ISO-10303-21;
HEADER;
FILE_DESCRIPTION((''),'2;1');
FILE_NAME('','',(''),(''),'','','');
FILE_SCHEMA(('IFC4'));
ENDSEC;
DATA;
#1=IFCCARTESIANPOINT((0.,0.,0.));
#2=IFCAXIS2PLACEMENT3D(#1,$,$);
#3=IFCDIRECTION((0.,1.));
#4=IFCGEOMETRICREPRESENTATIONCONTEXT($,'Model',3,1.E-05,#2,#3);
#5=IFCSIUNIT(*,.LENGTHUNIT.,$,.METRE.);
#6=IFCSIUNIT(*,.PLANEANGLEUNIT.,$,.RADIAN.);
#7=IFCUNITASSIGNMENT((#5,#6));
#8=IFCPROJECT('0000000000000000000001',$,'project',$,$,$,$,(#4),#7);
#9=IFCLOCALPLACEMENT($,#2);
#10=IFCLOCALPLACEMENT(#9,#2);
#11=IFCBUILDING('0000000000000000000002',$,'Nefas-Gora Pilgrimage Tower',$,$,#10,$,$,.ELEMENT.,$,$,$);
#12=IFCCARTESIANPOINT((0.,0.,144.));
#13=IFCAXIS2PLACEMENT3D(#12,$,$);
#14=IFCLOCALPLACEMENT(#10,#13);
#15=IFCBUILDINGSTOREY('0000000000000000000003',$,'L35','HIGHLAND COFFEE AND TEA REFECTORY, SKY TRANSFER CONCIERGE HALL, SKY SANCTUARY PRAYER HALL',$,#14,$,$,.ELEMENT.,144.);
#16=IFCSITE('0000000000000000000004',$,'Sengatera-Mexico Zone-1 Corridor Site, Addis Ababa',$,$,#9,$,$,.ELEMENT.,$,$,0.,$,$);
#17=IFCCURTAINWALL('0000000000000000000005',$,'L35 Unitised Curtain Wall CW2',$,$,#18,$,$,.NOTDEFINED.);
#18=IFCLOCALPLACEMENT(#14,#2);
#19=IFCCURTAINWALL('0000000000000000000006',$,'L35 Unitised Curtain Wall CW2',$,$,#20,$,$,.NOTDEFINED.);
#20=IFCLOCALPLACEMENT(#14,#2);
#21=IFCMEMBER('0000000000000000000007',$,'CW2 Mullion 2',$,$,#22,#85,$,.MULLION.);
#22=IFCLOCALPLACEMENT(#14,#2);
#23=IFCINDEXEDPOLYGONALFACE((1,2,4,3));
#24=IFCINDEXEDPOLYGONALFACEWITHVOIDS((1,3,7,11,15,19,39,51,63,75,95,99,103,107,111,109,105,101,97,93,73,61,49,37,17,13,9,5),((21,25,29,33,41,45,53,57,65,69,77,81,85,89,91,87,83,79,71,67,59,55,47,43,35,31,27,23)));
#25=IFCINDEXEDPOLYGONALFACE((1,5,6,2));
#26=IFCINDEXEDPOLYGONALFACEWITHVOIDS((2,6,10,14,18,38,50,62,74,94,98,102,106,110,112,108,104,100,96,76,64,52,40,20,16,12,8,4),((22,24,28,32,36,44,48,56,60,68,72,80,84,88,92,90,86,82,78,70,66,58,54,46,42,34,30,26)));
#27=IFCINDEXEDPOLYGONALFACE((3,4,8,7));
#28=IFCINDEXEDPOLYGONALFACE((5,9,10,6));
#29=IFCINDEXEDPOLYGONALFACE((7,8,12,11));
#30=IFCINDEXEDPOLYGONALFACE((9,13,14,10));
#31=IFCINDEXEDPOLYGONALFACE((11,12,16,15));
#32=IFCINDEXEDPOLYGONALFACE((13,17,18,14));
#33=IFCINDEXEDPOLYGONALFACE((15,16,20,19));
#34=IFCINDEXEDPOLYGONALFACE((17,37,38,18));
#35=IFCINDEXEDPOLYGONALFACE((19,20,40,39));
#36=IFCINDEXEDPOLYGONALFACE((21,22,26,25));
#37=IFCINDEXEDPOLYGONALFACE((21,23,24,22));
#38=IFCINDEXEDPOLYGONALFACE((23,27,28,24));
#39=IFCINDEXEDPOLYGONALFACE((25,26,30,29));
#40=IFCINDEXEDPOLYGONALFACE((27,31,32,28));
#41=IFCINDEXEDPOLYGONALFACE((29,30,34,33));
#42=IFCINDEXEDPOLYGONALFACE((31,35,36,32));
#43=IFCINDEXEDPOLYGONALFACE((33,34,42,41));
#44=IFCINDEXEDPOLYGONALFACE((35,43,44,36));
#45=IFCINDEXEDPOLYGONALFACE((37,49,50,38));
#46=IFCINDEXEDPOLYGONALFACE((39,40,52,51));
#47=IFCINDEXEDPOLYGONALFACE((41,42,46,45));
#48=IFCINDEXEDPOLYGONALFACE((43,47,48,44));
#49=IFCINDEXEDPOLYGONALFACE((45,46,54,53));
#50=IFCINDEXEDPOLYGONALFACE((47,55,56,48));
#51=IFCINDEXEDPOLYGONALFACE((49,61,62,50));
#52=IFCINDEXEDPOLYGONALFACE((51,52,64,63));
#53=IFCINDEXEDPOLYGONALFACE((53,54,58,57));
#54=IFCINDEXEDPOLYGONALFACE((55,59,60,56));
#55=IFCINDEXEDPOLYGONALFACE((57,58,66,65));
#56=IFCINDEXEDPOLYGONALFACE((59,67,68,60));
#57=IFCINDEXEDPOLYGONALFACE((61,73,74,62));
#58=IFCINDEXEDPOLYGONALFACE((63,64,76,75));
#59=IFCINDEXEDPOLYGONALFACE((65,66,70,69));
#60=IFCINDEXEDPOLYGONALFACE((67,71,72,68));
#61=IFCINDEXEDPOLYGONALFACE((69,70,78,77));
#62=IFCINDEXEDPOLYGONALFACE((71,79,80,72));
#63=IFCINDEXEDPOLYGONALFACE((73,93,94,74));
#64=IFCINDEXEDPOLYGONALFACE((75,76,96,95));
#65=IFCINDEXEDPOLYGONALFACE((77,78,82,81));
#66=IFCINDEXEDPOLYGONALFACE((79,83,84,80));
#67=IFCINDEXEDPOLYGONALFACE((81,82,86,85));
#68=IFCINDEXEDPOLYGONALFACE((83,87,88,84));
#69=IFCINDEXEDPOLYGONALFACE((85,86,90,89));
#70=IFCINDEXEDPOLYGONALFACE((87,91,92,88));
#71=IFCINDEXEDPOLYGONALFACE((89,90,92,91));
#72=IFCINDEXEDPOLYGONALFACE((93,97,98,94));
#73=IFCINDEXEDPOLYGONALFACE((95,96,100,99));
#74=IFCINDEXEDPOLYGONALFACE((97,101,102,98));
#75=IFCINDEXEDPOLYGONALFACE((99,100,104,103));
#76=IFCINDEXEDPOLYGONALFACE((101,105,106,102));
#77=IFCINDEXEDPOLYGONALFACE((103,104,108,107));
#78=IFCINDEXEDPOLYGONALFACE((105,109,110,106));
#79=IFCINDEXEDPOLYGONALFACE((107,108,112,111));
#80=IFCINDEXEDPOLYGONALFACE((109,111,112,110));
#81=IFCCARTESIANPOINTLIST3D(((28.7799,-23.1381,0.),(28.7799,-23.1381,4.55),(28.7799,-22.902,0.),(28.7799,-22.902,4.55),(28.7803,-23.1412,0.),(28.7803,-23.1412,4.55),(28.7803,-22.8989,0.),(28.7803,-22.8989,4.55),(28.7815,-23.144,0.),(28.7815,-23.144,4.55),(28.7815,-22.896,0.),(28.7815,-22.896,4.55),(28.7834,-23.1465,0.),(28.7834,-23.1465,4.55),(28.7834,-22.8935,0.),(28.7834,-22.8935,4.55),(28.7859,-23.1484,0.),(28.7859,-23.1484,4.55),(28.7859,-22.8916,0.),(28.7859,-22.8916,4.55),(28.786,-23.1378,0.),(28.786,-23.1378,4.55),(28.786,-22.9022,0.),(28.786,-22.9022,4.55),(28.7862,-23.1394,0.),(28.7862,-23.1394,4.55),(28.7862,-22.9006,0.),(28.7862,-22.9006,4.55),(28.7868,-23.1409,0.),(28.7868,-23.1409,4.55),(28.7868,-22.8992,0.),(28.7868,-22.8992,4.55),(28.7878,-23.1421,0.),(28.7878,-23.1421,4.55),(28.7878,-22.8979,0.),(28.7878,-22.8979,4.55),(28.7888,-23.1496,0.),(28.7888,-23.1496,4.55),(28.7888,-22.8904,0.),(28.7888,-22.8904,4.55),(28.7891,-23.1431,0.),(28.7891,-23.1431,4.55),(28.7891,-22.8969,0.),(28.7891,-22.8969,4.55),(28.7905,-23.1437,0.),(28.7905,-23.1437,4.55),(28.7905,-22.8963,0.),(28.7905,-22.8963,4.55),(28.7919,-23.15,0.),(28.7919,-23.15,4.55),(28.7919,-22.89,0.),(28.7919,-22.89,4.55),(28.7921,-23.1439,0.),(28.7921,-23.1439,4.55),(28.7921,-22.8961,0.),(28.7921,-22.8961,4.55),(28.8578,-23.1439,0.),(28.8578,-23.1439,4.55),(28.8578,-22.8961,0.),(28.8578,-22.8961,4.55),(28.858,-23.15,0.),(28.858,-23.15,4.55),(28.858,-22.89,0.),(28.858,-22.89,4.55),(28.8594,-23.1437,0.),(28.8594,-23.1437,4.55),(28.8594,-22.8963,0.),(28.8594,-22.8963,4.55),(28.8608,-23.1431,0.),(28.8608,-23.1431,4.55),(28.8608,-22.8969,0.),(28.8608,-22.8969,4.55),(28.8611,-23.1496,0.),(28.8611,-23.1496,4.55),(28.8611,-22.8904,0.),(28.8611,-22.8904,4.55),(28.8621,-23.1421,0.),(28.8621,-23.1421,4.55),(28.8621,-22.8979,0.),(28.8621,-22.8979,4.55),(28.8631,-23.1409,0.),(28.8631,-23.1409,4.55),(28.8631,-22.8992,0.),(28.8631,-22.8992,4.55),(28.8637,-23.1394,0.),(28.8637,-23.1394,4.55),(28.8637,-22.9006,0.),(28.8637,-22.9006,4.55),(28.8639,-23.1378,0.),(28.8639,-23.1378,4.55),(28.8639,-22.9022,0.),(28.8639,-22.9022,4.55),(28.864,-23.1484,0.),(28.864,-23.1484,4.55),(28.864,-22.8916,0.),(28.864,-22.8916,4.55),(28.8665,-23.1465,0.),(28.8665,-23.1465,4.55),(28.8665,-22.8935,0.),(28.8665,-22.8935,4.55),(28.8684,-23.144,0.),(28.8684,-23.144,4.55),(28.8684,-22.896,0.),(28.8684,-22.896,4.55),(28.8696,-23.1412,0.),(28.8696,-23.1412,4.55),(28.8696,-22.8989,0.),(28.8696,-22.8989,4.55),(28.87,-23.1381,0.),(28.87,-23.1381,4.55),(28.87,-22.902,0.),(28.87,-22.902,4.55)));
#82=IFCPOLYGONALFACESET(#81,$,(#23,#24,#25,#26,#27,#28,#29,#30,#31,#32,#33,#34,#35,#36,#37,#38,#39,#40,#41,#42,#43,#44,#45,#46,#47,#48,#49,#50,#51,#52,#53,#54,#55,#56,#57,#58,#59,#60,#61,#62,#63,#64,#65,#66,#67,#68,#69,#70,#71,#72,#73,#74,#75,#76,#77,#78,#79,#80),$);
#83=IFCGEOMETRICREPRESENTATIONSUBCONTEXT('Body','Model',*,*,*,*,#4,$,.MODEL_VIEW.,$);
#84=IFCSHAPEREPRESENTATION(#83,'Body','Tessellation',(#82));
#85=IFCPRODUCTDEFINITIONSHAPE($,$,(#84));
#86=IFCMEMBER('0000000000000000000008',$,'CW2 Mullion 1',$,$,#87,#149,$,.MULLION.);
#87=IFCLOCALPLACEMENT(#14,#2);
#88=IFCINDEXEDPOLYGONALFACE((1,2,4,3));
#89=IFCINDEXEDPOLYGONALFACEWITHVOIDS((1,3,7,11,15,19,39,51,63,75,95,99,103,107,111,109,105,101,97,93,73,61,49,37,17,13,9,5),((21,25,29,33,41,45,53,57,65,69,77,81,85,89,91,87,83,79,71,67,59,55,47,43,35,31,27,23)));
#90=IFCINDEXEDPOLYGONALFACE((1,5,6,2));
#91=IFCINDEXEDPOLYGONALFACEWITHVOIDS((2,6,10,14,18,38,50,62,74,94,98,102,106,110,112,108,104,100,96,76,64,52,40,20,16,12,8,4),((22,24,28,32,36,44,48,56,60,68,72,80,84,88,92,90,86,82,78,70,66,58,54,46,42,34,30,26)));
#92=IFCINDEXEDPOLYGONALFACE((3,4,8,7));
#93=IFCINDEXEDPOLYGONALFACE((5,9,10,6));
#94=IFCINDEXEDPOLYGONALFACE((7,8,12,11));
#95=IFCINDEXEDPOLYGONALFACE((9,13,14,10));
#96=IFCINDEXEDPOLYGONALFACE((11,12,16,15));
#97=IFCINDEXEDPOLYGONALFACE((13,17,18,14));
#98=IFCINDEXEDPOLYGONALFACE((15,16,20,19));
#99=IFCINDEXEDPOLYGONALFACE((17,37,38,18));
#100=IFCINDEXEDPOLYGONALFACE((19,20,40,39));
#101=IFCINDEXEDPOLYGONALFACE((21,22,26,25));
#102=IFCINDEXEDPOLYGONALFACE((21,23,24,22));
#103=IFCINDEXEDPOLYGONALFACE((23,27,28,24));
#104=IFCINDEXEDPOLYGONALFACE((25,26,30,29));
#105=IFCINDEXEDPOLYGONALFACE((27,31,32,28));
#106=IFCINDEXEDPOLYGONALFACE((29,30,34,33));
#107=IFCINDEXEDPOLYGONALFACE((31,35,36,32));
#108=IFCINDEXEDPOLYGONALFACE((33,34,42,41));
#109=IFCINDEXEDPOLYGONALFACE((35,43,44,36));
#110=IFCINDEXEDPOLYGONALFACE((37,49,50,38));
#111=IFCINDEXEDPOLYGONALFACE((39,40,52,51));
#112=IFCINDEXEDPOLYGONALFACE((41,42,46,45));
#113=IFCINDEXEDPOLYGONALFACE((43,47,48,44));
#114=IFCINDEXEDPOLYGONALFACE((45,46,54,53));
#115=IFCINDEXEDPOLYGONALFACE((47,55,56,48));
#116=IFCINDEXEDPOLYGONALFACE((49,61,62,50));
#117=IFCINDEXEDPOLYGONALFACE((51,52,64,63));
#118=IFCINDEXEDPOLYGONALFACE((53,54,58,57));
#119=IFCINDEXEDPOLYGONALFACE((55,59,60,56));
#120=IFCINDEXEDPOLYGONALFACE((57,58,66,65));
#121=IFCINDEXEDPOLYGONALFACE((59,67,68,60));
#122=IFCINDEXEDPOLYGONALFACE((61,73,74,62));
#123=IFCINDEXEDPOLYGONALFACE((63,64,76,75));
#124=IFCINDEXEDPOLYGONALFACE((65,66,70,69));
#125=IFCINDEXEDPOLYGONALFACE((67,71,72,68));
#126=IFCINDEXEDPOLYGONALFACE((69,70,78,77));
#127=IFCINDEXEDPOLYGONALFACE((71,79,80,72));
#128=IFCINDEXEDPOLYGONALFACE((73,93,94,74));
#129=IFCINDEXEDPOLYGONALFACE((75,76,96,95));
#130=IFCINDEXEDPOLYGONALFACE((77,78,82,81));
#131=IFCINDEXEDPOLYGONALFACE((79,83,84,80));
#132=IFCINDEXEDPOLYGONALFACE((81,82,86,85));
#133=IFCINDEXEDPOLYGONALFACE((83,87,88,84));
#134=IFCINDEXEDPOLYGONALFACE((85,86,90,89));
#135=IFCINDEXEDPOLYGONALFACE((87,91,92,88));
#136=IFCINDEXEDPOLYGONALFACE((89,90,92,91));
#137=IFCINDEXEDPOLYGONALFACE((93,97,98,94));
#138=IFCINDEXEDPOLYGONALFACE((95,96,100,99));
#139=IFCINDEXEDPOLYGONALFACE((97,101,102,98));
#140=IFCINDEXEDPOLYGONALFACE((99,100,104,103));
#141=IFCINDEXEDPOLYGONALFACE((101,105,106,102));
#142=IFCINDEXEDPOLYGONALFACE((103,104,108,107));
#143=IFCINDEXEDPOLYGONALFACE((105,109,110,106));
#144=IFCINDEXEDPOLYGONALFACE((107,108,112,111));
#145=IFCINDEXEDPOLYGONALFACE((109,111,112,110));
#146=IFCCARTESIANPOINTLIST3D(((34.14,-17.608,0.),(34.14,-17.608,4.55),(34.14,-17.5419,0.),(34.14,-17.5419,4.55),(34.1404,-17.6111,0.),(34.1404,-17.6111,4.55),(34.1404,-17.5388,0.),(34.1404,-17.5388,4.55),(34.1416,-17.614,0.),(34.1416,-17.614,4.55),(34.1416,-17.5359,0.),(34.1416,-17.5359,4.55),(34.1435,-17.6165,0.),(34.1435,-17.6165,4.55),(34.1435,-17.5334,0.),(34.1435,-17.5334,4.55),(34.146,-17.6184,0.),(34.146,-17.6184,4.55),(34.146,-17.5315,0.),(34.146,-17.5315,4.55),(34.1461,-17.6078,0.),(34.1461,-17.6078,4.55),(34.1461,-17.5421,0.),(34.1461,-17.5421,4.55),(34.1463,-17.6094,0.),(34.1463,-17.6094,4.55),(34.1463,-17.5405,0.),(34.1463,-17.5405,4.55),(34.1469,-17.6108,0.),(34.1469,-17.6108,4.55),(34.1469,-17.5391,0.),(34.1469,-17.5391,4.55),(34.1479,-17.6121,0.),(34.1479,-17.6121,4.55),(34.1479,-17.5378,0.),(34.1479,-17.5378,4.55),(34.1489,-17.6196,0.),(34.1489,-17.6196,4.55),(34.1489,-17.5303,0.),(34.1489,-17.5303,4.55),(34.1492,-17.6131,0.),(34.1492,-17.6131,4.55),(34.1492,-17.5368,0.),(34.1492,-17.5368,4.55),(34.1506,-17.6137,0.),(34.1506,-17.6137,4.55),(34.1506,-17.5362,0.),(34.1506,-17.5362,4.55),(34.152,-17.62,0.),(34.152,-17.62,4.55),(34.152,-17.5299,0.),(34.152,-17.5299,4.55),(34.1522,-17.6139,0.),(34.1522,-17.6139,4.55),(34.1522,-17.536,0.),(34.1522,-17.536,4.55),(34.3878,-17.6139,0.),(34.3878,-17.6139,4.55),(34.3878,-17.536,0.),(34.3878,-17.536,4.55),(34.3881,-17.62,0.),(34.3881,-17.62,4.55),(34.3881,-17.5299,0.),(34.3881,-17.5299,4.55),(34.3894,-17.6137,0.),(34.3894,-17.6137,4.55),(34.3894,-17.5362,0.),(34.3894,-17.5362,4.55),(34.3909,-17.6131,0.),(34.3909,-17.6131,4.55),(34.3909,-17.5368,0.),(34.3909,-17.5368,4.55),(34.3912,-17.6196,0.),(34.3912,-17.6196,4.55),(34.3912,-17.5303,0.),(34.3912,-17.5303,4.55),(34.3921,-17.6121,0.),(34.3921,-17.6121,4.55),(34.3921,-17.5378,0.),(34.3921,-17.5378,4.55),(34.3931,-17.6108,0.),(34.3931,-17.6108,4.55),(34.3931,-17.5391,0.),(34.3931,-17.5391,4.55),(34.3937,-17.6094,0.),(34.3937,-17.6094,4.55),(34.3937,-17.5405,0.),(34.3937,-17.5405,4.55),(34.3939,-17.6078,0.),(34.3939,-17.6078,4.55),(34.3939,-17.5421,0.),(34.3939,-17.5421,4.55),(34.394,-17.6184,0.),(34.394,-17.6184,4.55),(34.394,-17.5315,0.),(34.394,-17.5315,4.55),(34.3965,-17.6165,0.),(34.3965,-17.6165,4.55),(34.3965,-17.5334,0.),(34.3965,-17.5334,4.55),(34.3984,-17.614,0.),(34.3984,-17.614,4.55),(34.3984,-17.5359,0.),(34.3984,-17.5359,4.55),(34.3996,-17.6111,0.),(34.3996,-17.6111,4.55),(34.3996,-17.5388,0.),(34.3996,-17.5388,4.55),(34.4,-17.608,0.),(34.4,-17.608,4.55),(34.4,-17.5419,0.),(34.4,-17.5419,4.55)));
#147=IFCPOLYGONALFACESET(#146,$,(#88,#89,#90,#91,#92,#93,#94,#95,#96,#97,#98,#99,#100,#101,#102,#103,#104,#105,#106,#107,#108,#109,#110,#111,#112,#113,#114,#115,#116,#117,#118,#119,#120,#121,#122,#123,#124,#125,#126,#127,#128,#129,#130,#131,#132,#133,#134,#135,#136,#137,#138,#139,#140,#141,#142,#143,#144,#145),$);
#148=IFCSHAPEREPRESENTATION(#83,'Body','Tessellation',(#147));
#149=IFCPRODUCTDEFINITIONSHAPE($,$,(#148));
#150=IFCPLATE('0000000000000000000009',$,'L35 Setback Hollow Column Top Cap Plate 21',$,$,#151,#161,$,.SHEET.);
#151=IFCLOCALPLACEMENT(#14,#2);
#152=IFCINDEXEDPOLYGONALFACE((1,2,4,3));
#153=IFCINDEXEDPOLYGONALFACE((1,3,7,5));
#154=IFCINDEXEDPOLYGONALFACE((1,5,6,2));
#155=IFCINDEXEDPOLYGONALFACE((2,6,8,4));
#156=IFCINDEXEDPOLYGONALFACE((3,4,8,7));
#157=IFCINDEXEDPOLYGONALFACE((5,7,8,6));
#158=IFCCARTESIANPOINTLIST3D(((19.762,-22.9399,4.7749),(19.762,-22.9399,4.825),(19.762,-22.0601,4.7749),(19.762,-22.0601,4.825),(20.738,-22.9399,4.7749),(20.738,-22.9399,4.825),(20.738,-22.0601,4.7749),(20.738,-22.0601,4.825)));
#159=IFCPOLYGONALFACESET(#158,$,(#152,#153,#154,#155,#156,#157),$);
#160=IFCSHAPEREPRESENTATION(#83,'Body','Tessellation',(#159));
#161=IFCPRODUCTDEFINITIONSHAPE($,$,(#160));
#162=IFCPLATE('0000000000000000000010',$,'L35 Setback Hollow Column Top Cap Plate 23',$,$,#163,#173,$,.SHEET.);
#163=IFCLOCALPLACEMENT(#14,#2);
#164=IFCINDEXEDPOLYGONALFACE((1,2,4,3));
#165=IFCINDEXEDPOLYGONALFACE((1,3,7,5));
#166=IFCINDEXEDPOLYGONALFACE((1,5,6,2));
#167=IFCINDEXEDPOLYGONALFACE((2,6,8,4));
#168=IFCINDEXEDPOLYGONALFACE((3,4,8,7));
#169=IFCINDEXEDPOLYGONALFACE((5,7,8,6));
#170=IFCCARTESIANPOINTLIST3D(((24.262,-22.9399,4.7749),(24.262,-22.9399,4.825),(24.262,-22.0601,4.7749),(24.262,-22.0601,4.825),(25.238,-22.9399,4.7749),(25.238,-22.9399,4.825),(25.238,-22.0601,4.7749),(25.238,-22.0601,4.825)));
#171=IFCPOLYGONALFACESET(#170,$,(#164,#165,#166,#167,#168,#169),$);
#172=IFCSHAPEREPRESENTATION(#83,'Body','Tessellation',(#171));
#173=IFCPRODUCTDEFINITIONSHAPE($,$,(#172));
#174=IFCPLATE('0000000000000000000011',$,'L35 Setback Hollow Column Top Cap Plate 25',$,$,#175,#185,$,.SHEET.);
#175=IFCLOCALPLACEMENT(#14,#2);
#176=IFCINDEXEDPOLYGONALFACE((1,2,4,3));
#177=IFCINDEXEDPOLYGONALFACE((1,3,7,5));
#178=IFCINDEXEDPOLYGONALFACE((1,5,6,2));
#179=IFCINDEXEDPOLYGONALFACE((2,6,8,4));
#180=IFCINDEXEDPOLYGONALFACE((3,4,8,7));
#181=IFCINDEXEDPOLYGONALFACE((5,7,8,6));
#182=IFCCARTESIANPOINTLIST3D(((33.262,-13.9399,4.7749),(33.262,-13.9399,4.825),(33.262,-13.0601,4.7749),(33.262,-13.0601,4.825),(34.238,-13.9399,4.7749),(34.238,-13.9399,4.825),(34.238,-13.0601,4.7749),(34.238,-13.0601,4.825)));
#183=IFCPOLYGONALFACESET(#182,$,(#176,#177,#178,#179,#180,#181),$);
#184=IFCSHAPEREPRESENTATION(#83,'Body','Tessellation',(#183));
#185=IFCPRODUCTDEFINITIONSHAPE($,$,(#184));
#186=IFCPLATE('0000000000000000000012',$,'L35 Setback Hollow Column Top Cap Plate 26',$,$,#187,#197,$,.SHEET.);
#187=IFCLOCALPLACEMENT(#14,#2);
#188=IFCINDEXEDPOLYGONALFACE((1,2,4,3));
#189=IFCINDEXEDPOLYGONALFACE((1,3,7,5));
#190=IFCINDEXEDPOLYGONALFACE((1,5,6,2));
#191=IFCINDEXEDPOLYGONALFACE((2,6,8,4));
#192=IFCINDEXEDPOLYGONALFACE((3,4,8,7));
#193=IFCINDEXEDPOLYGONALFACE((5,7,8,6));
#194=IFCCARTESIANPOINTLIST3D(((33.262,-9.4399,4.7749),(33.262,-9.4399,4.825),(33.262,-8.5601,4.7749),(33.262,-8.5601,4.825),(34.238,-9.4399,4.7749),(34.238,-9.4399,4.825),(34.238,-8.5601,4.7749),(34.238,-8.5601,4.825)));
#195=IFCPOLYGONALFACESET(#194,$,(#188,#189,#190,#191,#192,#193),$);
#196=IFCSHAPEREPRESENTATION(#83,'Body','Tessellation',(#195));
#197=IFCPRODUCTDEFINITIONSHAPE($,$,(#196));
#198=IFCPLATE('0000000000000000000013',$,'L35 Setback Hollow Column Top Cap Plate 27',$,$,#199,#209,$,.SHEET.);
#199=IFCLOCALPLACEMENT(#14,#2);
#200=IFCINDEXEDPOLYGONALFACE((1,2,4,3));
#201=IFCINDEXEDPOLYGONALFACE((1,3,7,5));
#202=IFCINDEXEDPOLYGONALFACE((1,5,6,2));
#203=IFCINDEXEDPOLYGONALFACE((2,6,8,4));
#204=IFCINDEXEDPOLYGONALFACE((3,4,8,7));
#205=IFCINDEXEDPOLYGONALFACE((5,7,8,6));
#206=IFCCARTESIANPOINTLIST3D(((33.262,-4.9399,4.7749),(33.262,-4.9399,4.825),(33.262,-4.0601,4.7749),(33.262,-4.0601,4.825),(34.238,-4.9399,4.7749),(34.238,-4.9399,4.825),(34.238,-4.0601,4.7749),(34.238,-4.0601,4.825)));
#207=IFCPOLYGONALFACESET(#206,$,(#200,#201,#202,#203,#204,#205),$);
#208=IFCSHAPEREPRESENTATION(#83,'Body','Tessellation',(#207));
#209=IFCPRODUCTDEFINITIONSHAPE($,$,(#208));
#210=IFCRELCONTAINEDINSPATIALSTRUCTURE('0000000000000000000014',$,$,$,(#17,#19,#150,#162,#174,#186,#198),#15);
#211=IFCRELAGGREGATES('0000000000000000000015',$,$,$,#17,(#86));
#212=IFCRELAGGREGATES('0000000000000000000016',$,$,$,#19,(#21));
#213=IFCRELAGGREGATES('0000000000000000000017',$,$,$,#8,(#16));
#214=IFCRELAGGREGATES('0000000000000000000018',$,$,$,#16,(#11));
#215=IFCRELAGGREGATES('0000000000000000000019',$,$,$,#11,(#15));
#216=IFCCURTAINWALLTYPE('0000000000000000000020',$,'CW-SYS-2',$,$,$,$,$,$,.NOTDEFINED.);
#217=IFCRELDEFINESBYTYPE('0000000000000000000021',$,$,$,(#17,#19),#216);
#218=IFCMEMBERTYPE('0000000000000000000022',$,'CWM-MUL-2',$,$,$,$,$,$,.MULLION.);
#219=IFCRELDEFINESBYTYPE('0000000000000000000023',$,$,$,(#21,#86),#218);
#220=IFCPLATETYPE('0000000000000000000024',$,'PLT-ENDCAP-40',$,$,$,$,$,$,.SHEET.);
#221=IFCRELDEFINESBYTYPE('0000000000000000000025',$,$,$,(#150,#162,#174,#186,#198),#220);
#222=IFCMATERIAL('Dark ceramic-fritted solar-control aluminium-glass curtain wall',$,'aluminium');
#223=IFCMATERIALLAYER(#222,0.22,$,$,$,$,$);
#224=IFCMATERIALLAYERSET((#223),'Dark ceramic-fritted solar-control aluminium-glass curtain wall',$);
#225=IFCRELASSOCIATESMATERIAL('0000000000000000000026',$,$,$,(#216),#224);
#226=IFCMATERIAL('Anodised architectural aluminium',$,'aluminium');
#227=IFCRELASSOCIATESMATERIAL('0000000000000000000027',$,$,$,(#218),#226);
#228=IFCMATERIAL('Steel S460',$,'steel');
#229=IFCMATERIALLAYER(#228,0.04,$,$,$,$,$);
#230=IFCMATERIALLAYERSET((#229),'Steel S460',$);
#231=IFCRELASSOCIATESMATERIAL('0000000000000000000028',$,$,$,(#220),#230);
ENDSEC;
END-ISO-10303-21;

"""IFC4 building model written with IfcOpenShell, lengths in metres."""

from ifc_helpers import new_model, si_unit, direction, frame, origin, origin_2d, place, context, subcontext, project, spatial, rectangle, hollow_rectangle, extrude, source, transform, mapped, material, layer, layer_set, material_profile, profile_set, type_object, element, aggregate, save


model = new_model("IFC4")

# Units and contexts
model_context = context("Model", 3, precision=1e-05, world=origin(), true_north=direction((0.0, 1.0)))
body_context = subcontext(model_context, "Body", "Model", "MODEL_VIEW")
ifc_project = project(units=[si_unit("LENGTHUNIT", "METRE"), si_unit("PLANEANGLEUNIT", "RADIAN")], contexts=[model_context])

# Site, building, storey
site_placement = place(None, origin())
site = spatial("IfcSite", under=ifc_project, at=site_placement, Name="Sengatera-Mexico Zone-1 Corridor Site, Addis Ababa", CompositionType="ELEMENT", RefElevation=0.0)
building_placement = place(site_placement, origin())
building = spatial("IfcBuilding", under=site, at=building_placement, Name="Nefas-Gora Pilgrimage Tower", CompositionType="ELEMENT")
storey_placement = place(building_placement, frame((0.0, 0.0, 144.0)))
storey = spatial("IfcBuildingStorey", under=building, at=storey_placement, Name="L35", Description="HIGHLAND COFFEE AND TEA REFECTORY, SKY TRANSFER CONCIERGE HALL, SKY SANCTUARY PRAYER HALL", CompositionType="ELEMENT", Elevation=144.0)

# Shared definitions
ifc_material_1 = material(Name="Steel S460", Category="steel")

# Curtain walls, member
ifc_material_2 = material(Name="Dark ceramic-fritted solar-control aluminium-glass curtain wall", Category="aluminium")
ifc_layer_1 = layer(ifc_material_2, 0.22)
ifc_layer_set_1 = layer_set([ifc_layer_1], Name="Dark ceramic-fritted solar-control aluminium-glass curtain wall")
curtain_wall_type = type_object("IfcCurtainWallType", Name="CW-SYS-2", PredefinedType="NOTDEFINED", material=ifc_layer_set_1)
curtain_wall_1_placement = place(storey_placement, origin())
curtain_wall_1 = element("IfcCurtainWall", 1, at=curtain_wall_1_placement, inside=storey, type_object=curtain_wall_type, Name="L35 Unitised Curtain Wall CW2", PredefinedType="NOTDEFINED")
ifc_material_3 = material(Name="Anodised architectural aluminium", Category="aluminium")
curtain_wall_2_placement = place(storey_placement, origin())
curtain_wall_2 = element("IfcCurtainWall", 2, at=curtain_wall_2_placement, inside=storey, type_object=curtain_wall_type, Name="L35 Unitised Curtain Wall CW2", PredefinedType="NOTDEFINED")
ifc_material_profile_1 = material_profile(ifc_material_3, hollow_rectangle(XDim=0.0901, YDim=0.26, WallThickness=0.0061, InnerFilletRadius=0.0061, OuterFilletRadius=0.012, at=origin_2d()), Name="ALU MULLION 90x260")
ifc_profile_set_1 = profile_set([ifc_material_profile_1], Name="Anodised architectural aluminium")
member_type_1 = type_object("IfcMemberType", Name="CWM-MUL-2", PredefinedType="MULLION", material=ifc_profile_set_1)
shared_shape_1 = source(origin(), body_context, "Body", "SweptSolid", [
    extrude(hollow_rectangle(XDim=0.0901, YDim=0.26, WallThickness=0.0061, InnerFilletRadius=0.0061, OuterFilletRadius=0.012, at=origin_2d()), origin(), (0.0, 0.0, 1.0), 4.55),
])
member_1_placement = place(storey_placement, frame((28.825, -23.02, 0.0), z_axis=(0.0, 0.0, 1.0), x_axis=(1.0, 0.0, 0.0)))
member_1 = element("IfcMember", 3, at=member_1_placement, type_object=member_type_1, Name="CW2 Mullion 2", PredefinedType="MULLION", context=body_context, shape_type="MappedRepresentation", body=[
    mapped(shared_shape_1, transform((0.0, 0.0, 0.0), x_axis=(1.0, 0.0, 0.0), y_axis=(0.0, 1.0, 0.0), z_axis=(0.0, 0.0, 1.0), scale=1.0)),
])

# Member
member_2_placement = place(storey_placement, frame((34.27, -17.575, 0.0), z_axis=(0.0, 0.0, 1.0), x_axis=(0.0, 1.0, 0.0)))
member_2 = element("IfcMember", 4, at=member_2_placement, type_object=member_type_1, Name="CW2 Mullion 1", PredefinedType="MULLION", context=body_context, shape_type="MappedRepresentation", body=[
    mapped(shared_shape_1, transform((0.0, 0.0, 0.0), x_axis=(1.0, 0.0, 0.0), y_axis=(0.0, 1.0, 0.0), z_axis=(0.0, 0.0, 1.0), scale=1.0)),
])
aggregate(curtain_wall_1, [member_2])

# Plates
ifc_layer_2 = layer(ifc_material_1, 0.04)
ifc_layer_set_2 = layer_set([ifc_layer_2], Name="Steel S460")
plate_type_1 = type_object("IfcPlateType", Name="PLT-ENDCAP-40", PredefinedType="SHEET", material=ifc_layer_set_2)
shared_shape_2 = source(origin(), body_context, "Body", "SweptSolid", [
    extrude(rectangle(XDim=0.9761, YDim=0.8799, at=origin_2d()), origin(), (0.0, 0.0, 1.0), 0.05),
])
for number, where, z_axis, x_axis, name in (
    (5, (20.25, -22.5, 4.7749), (0.0, 0.0, 1.0), (1.0, 0.0, 0.0), "L35 Setback Hollow Column Top Cap Plate 21"),
    (6, (24.75, -22.5, 4.7749), (0.0, 0.0, 1.0), (1.0, 0.0, 0.0), "L35 Setback Hollow Column Top Cap Plate 23"),
    (7, (33.75, -13.5, 4.7749), (0.0, 0.0, 1.0), (1.0, 0.0, 0.0), "L35 Setback Hollow Column Top Cap Plate 25"),
    (8, (33.75, -9.0, 4.7749), (0.0, 0.0, 1.0), (1.0, 0.0, 0.0), "L35 Setback Hollow Column Top Cap Plate 26"),
    (9, (33.75, -4.5, 4.7749), (0.0, 0.0, 1.0), (1.0, 0.0, 0.0), "L35 Setback Hollow Column Top Cap Plate 27"),
):
    element("IfcPlate", number, at=place(storey_placement, frame(where, z_axis=z_axis, x_axis=x_axis)), inside=storey, type_object=plate_type_1, Name=name, PredefinedType="SHEET", context=body_context, shape_type="MappedRepresentation", body=[
        mapped(shared_shape_2, transform((0.0, 0.0, 0.0), x_axis=(1.0, 0.0, 0.0), y_axis=(0.0, 1.0, 0.0), z_axis=(0.0, 0.0, 1.0), scale=1.0)),
    ])

aggregate(curtain_wall_2, [member_1])

save(model, "model.ifc")
